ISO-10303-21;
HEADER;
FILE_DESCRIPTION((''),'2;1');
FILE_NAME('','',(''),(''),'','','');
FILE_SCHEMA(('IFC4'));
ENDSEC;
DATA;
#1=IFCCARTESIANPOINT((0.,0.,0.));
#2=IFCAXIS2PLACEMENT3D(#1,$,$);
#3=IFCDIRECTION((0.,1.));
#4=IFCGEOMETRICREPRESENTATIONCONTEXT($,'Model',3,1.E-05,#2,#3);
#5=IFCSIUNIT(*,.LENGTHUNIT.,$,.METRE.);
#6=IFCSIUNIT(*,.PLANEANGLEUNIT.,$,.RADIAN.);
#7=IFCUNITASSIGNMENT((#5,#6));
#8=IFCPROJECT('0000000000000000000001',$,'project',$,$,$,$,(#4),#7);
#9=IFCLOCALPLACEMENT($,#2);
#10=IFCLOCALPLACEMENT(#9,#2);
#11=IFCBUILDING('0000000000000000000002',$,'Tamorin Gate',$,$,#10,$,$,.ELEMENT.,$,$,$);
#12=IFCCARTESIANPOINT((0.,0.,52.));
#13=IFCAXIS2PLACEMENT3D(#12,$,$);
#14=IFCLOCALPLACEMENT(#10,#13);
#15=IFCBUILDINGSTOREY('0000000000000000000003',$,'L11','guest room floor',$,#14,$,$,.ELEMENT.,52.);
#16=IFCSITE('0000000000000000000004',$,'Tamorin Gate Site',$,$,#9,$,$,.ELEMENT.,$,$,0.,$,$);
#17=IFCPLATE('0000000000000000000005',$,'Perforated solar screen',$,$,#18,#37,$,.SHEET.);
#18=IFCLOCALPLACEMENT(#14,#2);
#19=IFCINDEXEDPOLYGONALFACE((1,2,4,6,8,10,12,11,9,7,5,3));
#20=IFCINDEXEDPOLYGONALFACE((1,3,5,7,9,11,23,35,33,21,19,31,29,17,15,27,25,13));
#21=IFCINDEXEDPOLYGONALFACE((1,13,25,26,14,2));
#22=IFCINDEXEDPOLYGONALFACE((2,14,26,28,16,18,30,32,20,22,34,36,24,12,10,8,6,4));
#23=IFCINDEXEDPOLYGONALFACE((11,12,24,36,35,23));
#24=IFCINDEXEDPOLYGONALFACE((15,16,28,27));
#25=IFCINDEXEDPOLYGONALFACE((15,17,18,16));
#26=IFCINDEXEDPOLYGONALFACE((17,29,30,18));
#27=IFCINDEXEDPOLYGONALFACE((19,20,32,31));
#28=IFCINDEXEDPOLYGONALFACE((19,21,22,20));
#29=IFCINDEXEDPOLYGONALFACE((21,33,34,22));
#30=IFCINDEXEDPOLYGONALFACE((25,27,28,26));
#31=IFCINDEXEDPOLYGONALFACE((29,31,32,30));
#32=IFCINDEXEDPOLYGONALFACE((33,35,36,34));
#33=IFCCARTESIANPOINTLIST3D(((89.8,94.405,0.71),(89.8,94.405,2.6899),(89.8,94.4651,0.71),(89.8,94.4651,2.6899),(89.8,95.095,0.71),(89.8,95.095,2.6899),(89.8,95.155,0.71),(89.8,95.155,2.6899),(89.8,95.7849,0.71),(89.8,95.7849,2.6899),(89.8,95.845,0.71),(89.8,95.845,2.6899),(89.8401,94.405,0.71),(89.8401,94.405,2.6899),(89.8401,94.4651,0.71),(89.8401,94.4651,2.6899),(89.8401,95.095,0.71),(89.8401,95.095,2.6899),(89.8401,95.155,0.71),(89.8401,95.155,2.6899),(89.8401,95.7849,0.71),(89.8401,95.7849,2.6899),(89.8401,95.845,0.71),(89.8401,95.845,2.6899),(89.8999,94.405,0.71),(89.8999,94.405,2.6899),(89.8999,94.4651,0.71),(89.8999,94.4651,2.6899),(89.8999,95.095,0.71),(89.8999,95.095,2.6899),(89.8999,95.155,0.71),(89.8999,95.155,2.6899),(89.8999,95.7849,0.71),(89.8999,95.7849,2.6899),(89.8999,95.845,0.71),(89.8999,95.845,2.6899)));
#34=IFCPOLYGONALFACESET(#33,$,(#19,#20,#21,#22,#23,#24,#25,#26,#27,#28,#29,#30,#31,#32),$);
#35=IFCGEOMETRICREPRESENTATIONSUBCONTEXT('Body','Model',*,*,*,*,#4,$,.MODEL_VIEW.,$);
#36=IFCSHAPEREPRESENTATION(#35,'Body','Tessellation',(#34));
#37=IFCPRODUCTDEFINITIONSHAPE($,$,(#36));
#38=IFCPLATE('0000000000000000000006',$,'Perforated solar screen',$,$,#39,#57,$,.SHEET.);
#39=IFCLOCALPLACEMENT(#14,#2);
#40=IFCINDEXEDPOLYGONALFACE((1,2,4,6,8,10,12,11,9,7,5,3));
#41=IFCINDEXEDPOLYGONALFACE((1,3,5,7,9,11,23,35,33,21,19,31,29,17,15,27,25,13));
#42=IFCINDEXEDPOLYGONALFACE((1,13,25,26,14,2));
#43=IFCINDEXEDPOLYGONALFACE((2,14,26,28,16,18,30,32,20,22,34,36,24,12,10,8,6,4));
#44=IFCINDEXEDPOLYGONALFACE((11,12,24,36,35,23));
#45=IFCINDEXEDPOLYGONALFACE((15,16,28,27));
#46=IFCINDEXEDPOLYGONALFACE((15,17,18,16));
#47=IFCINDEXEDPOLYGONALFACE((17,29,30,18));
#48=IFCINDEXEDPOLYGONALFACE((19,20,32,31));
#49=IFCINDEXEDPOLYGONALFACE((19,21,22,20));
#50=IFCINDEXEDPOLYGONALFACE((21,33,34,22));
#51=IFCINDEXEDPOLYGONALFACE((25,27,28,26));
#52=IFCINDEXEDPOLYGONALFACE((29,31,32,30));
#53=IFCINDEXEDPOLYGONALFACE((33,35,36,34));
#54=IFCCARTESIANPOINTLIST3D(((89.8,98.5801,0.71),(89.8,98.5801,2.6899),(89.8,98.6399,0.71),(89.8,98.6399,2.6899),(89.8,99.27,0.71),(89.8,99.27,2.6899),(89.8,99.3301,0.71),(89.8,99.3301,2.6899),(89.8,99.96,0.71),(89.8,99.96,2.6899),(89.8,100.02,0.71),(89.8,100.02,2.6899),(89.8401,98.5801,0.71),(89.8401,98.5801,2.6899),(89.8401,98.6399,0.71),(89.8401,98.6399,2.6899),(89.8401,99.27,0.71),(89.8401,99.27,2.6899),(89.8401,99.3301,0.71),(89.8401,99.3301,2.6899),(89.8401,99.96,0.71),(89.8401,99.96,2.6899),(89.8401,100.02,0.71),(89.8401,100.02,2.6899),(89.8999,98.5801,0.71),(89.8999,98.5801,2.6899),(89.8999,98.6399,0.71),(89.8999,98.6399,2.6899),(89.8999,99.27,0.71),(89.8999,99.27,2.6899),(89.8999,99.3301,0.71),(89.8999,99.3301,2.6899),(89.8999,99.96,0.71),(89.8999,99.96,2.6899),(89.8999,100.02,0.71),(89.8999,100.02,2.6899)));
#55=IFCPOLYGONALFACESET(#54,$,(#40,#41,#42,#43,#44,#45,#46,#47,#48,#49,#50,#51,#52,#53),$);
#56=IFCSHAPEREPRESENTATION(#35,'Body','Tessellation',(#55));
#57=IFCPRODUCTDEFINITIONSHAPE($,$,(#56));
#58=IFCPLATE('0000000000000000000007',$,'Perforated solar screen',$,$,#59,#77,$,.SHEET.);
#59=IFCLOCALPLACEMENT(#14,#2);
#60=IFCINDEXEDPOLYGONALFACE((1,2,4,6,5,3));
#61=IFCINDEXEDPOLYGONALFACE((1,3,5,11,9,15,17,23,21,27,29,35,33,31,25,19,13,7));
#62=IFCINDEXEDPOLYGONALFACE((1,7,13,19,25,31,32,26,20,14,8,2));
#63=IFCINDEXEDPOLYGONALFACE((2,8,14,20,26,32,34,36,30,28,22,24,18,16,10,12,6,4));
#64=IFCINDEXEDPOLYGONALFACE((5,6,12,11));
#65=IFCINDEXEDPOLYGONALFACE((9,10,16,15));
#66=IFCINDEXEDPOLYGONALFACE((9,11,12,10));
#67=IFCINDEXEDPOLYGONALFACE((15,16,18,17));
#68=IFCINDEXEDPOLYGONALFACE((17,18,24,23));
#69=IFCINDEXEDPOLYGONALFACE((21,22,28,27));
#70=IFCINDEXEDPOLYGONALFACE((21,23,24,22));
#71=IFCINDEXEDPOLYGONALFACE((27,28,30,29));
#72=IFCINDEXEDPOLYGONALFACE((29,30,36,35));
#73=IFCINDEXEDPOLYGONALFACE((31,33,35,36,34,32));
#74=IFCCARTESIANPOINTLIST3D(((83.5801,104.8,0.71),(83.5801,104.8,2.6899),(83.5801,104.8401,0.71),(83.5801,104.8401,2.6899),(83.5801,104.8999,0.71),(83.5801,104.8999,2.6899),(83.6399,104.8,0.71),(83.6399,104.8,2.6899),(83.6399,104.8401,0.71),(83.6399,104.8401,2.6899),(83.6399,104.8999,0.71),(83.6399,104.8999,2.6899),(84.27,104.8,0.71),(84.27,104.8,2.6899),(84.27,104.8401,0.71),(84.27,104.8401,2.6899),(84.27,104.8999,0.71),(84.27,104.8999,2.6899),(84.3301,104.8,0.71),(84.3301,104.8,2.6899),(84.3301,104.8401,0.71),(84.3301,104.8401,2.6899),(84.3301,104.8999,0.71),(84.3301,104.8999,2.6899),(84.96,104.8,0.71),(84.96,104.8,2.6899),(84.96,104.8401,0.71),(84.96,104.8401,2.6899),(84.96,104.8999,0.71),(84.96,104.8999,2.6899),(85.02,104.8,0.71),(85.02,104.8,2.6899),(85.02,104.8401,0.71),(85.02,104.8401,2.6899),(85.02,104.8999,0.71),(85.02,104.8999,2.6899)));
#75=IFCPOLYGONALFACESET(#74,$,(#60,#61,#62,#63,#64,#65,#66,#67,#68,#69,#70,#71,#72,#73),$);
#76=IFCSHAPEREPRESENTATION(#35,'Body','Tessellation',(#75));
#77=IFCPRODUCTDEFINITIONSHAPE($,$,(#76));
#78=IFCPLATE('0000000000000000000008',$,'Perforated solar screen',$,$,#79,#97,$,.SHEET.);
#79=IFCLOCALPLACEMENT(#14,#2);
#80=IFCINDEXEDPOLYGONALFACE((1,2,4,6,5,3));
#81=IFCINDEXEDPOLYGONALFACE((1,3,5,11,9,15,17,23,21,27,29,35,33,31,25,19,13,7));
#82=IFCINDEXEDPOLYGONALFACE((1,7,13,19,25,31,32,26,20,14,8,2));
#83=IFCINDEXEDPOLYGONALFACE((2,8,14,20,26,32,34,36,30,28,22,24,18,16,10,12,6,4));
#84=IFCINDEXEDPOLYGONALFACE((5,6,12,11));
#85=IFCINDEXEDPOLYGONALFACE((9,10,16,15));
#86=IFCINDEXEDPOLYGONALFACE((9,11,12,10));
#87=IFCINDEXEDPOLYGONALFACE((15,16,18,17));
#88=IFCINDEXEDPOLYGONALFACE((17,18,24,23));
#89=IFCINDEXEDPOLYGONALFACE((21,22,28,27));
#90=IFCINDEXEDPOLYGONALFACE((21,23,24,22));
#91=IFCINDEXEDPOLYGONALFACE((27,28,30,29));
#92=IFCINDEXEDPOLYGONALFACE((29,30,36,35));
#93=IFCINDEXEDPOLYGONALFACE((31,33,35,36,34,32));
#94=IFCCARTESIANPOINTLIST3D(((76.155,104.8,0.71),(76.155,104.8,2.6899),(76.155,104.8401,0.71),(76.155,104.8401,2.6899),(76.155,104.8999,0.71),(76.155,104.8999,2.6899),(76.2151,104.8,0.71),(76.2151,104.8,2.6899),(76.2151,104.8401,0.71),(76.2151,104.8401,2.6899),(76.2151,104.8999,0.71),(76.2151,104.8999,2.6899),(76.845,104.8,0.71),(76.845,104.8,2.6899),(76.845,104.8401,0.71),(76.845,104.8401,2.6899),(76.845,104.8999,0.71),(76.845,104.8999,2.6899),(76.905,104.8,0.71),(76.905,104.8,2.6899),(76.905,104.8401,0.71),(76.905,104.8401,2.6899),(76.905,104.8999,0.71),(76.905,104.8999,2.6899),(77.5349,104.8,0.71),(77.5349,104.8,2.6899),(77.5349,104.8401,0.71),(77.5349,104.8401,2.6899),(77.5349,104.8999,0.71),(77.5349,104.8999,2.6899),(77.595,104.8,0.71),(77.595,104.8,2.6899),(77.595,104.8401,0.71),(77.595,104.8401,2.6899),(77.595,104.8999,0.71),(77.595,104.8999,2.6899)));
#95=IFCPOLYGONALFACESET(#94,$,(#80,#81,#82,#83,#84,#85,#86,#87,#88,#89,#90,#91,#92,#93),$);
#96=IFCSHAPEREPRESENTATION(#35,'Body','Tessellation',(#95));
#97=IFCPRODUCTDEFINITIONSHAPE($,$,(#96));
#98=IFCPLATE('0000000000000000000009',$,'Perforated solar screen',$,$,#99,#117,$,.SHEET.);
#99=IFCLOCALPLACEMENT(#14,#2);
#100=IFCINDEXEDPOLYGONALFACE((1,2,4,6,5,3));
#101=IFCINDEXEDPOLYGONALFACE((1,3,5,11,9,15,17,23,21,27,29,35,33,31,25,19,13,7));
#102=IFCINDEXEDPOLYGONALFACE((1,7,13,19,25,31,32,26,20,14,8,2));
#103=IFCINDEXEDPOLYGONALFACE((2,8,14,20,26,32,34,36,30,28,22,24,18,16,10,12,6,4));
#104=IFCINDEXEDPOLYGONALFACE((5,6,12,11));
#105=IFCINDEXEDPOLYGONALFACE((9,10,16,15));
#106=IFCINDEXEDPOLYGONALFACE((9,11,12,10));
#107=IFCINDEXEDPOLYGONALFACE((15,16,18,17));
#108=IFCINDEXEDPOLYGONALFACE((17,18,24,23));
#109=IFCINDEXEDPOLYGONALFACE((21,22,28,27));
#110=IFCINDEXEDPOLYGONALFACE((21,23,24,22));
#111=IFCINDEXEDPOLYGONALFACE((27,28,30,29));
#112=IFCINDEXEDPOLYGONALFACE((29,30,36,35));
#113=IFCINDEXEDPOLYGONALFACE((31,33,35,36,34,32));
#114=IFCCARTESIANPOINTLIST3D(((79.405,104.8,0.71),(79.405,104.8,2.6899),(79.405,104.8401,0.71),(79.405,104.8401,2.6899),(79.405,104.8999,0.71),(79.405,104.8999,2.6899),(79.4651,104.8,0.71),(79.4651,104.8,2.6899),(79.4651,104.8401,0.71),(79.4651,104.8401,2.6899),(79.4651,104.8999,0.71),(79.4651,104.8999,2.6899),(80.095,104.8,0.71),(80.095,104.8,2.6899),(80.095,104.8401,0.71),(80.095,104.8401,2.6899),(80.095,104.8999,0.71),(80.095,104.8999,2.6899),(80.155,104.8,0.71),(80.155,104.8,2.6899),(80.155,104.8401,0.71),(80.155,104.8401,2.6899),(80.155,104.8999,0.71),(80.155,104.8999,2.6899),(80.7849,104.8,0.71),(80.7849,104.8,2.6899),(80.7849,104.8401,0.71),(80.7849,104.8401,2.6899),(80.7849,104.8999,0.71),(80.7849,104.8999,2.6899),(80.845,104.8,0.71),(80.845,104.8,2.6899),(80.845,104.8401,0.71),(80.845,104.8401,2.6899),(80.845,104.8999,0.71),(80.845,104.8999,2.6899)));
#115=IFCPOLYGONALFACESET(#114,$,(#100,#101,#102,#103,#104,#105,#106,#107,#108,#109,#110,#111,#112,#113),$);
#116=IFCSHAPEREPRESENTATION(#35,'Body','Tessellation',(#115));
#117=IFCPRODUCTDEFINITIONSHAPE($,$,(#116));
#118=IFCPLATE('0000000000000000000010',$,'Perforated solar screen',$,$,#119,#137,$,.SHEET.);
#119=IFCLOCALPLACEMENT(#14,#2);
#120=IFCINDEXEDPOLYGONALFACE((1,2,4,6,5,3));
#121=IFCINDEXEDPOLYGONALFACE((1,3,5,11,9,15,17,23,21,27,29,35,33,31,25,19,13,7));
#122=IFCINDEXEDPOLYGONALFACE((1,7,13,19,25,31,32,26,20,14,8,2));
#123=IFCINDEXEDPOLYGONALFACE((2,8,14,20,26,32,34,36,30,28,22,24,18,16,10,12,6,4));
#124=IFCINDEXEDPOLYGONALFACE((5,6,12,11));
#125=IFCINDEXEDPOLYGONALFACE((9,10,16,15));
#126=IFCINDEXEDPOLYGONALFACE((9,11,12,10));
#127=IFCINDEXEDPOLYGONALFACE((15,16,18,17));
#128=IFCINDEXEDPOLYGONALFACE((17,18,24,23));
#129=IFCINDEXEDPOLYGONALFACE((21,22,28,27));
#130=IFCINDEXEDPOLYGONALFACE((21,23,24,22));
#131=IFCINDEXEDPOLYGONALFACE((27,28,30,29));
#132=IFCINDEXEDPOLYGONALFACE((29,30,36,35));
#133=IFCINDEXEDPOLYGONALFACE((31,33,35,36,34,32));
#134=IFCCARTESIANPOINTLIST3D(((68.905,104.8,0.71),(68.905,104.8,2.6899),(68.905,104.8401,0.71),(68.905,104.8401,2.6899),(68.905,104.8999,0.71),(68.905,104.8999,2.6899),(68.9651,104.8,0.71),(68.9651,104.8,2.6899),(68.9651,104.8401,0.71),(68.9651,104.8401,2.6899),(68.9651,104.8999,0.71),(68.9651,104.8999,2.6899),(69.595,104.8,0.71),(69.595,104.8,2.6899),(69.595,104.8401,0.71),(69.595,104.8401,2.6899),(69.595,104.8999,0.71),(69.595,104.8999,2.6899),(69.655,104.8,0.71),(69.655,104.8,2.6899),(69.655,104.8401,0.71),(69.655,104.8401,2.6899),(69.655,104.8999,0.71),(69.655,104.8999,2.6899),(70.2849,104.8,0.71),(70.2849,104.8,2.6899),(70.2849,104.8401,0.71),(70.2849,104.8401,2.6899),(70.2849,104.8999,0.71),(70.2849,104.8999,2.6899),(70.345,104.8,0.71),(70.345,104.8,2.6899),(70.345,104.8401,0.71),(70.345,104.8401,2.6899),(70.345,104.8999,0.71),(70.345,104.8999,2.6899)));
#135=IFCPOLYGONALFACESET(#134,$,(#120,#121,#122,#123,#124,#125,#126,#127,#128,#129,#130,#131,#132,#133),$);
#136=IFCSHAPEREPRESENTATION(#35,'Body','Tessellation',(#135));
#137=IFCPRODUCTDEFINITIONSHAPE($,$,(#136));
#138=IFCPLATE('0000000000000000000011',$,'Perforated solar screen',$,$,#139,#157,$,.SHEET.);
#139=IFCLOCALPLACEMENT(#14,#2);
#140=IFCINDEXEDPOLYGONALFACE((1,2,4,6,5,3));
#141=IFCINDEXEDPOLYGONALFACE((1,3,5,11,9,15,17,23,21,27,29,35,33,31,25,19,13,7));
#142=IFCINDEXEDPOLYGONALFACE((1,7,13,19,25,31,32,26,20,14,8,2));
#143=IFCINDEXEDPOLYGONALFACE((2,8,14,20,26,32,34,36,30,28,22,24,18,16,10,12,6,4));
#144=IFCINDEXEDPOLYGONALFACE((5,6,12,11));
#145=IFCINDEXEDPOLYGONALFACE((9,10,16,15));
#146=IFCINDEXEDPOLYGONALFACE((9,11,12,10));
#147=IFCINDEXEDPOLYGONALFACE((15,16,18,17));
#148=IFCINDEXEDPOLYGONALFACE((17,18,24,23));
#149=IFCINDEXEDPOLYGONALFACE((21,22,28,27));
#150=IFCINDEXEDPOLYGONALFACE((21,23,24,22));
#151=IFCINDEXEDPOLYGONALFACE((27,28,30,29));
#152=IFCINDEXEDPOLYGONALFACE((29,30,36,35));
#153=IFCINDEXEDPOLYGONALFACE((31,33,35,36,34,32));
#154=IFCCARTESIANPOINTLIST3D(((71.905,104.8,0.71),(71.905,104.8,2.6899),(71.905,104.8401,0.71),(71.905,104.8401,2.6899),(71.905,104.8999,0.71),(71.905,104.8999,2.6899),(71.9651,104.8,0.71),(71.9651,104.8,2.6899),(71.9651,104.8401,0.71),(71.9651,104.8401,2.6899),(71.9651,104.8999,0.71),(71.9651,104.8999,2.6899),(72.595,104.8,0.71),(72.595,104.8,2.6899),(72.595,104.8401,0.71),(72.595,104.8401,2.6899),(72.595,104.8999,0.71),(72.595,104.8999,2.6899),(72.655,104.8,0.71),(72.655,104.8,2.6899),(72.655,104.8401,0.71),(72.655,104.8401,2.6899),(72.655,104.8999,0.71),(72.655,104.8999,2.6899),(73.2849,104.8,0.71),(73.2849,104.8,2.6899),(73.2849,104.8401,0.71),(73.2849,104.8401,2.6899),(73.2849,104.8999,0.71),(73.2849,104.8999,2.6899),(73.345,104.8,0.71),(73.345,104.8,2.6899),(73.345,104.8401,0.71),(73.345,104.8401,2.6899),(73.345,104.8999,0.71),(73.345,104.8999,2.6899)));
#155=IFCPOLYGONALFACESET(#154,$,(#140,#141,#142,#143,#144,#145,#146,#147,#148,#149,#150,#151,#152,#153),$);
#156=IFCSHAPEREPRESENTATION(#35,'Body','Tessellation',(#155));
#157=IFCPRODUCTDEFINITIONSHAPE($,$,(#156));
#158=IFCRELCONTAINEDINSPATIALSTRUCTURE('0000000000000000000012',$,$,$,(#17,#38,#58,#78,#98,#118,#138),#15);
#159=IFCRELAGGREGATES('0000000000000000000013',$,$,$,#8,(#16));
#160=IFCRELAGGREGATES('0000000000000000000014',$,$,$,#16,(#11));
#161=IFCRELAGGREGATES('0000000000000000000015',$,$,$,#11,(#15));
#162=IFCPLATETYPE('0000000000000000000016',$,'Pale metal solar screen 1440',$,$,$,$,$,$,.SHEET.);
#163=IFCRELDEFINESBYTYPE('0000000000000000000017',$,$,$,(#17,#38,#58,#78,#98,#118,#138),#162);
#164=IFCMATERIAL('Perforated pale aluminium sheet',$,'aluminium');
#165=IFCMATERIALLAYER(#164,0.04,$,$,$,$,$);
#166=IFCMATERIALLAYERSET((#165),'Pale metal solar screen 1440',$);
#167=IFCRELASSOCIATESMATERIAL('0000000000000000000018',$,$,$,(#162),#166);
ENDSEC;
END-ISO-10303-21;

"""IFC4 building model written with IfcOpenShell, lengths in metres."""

from ifc_helpers import new_model, si_unit, direction, frame, origin, place, context, subcontext, project, spatial, polyline, outline, extrude, material, layer, layer_set, type_object, element, save


model = new_model("IFC4")

# Units and contexts
model_context = context("Model", 3, precision=1e-05, world=origin(), true_north=direction((0.0, 1.0)))
body_context = subcontext(model_context, "Body", "Model", "MODEL_VIEW")
ifc_project = project(units=[si_unit("LENGTHUNIT", "METRE"), si_unit("PLANEANGLEUNIT", "RADIAN")], contexts=[model_context])

# Site, building, storey
site_placement = place(None, origin())
site = spatial("IfcSite", under=ifc_project, at=site_placement, Name="Tamorin Gate Site", CompositionType="ELEMENT", RefElevation=0.0)
building_placement = place(site_placement, origin())
building = spatial("IfcBuilding", under=site, at=building_placement, Name="Tamorin Gate", CompositionType="ELEMENT")
storey_placement = place(building_placement, frame((0.0, 0.0, 52.0)))
storey = spatial("IfcBuildingStorey", under=building, at=storey_placement, Name="L11", Description="guest room floor", CompositionType="ELEMENT", Elevation=52.0)

# Plates
ifc_material = material(Name="Perforated pale aluminium sheet", Category="aluminium")
ifc_layer = layer(ifc_material, 0.04)
ifc_layer_set = layer_set([ifc_layer], Name="Pale metal solar screen 1440")
plate_type = type_object("IfcPlateType", Name="Pale metal solar screen 1440", PredefinedType="SHEET", material=ifc_layer_set)
plate_1_placement = place(storey_placement, frame((0.0, 0.0, 0.71)))
element("IfcPlate", 1, at=plate_1_placement, inside=storey, type_object=plate_type, Name="Perforated solar screen", PredefinedType="SHEET", context=body_context, shape_type="SweptSolid", body=[
    extrude(outline(polyline([(89.8401, 94.405), (89.8, 94.405), (89.8, 94.4651), (89.8, 95.095), (89.8, 95.155), (89.8, 95.7849), (89.8, 95.845), (89.8401, 95.845), (89.8999, 95.845), (89.8999, 95.7849), (89.8401, 95.7849), (89.8401, 95.155), (89.8999, 95.155), (89.8999, 95.095), (89.8401, 95.095), (89.8401, 94.4651), (89.8999, 94.4651), (89.8999, 94.405), (89.8401, 94.405)])), origin(), (0.0, 0.0, 1.0), 1.98),
])
plate_2_placement = place(storey_placement, frame((0.0, 0.0, 0.71)))
element("IfcPlate", 2, at=plate_2_placement, inside=storey, type_object=plate_type, Name="Perforated solar screen", PredefinedType="SHEET", context=body_context, shape_type="SweptSolid", body=[
    extrude(outline(polyline([(89.8401, 98.5801), (89.8, 98.5801), (89.8, 98.6399), (89.8, 99.27), (89.8, 99.3301), (89.8, 99.96), (89.8, 100.02), (89.8401, 100.02), (89.8999, 100.02), (89.8999, 99.96), (89.8401, 99.96), (89.8401, 99.3301), (89.8999, 99.3301), (89.8999, 99.27), (89.8401, 99.27), (89.8401, 98.6399), (89.8999, 98.6399), (89.8999, 98.5801), (89.8401, 98.5801)])), origin(), (0.0, 0.0, 1.0), 1.98),
])
plate_3_placement = place(storey_placement, frame((0.0, 0.0, 0.71)))
element("IfcPlate", 3, at=plate_3_placement, inside=storey, type_object=plate_type, Name="Perforated solar screen", PredefinedType="SHEET", context=body_context, shape_type="SweptSolid", body=[
    extrude(outline(polyline([(85.02, 104.8401), (85.02, 104.8), (84.96, 104.8), (84.3301, 104.8), (84.27, 104.8), (83.6399, 104.8), (83.5801, 104.8), (83.5801, 104.8401), (83.5801, 104.8999), (83.6399, 104.8999), (83.6399, 104.8401), (84.27, 104.8401), (84.27, 104.8999), (84.3301, 104.8999), (84.3301, 104.8401), (84.96, 104.8401), (84.96, 104.8999), (85.02, 104.8999), (85.02, 104.8401)])), origin(), (0.0, 0.0, 1.0), 1.98),
])
plate_4_placement = place(storey_placement, frame((0.0, 0.0, 0.71)))
element("IfcPlate", 4, at=plate_4_placement, inside=storey, type_object=plate_type, Name="Perforated solar screen", PredefinedType="SHEET", context=body_context, shape_type="SweptSolid", body=[
    extrude(outline(polyline([(77.595, 104.8401), (77.595, 104.8), (77.5349, 104.8), (76.905, 104.8), (76.845, 104.8), (76.2151, 104.8), (76.155, 104.8), (76.155, 104.8401), (76.155, 104.8999), (76.2151, 104.8999), (76.2151, 104.8401), (76.845, 104.8401), (76.845, 104.8999), (76.905, 104.8999), (76.905, 104.8401), (77.5349, 104.8401), (77.5349, 104.8999), (77.595, 104.8999), (77.595, 104.8401)])), origin(), (0.0, 0.0, 1.0), 1.98),
])
plate_5_placement = place(storey_placement, frame((0.0, 0.0, 0.71)))
element("IfcPlate", 5, at=plate_5_placement, inside=storey, type_object=plate_type, Name="Perforated solar screen", PredefinedType="SHEET", context=body_context, shape_type="SweptSolid", body=[
    extrude(outline(polyline([(80.845, 104.8401), (80.845, 104.8), (80.7849, 104.8), (80.155, 104.8), (80.095, 104.8), (79.4651, 104.8), (79.405, 104.8), (79.405, 104.8), (79.405, 104.8401), (79.405, 104.8401), (79.405, 104.8999), (79.4651, 104.8999), (79.4651, 104.8401), (80.095, 104.8401), (80.095, 104.8999), (80.155, 104.8999), (80.155, 104.8401), (80.7849, 104.8401), (80.7849, 104.8999), (80.845, 104.8999), (80.845, 104.8401)])), origin(), (0.0, 0.0, 1.0), 1.98),
])
plate_6_placement = place(storey_placement, frame((0.0, 0.0, 0.71)))
element("IfcPlate", 6, at=plate_6_placement, inside=storey, type_object=plate_type, Name="Perforated solar screen", PredefinedType="SHEET", context=body_context, shape_type="SweptSolid", body=[
    extrude(outline(polyline([(70.345, 104.8401), (70.345, 104.8), (70.2849, 104.8), (69.655, 104.8), (69.595, 104.8), (68.9651, 104.8), (68.905, 104.8), (68.905, 104.8401), (68.905, 104.8999), (68.9651, 104.8999), (68.9651, 104.8401), (69.595, 104.8401), (69.595, 104.8999), (69.655, 104.8999), (69.655, 104.8401), (70.2849, 104.8401), (70.2849, 104.8999), (70.345, 104.8999), (70.345, 104.8401)])), origin(), (0.0, 0.0, 1.0), 1.98),
])
plate_7_placement = place(storey_placement, frame((0.0, 0.0, 0.71)))
element("IfcPlate", 7, at=plate_7_placement, inside=storey, type_object=plate_type, Name="Perforated solar screen", PredefinedType="SHEET", context=body_context, shape_type="SweptSolid", body=[
    extrude(outline(polyline([(73.345, 104.8401), (73.345, 104.8), (73.2849, 104.8), (72.655, 104.8), (72.595, 104.8), (71.9651, 104.8), (71.905, 104.8), (71.905, 104.8401), (71.905, 104.8999), (71.9651, 104.8999), (71.9651, 104.8401), (72.595, 104.8401), (72.595, 104.8999), (72.655, 104.8999), (72.655, 104.8401), (73.2849, 104.8401), (73.2849, 104.8999), (73.345, 104.8999), (73.345, 104.8401)])), origin(), (0.0, 0.0, 1.0), 1.98),
])

save(model, "model.ifc")
